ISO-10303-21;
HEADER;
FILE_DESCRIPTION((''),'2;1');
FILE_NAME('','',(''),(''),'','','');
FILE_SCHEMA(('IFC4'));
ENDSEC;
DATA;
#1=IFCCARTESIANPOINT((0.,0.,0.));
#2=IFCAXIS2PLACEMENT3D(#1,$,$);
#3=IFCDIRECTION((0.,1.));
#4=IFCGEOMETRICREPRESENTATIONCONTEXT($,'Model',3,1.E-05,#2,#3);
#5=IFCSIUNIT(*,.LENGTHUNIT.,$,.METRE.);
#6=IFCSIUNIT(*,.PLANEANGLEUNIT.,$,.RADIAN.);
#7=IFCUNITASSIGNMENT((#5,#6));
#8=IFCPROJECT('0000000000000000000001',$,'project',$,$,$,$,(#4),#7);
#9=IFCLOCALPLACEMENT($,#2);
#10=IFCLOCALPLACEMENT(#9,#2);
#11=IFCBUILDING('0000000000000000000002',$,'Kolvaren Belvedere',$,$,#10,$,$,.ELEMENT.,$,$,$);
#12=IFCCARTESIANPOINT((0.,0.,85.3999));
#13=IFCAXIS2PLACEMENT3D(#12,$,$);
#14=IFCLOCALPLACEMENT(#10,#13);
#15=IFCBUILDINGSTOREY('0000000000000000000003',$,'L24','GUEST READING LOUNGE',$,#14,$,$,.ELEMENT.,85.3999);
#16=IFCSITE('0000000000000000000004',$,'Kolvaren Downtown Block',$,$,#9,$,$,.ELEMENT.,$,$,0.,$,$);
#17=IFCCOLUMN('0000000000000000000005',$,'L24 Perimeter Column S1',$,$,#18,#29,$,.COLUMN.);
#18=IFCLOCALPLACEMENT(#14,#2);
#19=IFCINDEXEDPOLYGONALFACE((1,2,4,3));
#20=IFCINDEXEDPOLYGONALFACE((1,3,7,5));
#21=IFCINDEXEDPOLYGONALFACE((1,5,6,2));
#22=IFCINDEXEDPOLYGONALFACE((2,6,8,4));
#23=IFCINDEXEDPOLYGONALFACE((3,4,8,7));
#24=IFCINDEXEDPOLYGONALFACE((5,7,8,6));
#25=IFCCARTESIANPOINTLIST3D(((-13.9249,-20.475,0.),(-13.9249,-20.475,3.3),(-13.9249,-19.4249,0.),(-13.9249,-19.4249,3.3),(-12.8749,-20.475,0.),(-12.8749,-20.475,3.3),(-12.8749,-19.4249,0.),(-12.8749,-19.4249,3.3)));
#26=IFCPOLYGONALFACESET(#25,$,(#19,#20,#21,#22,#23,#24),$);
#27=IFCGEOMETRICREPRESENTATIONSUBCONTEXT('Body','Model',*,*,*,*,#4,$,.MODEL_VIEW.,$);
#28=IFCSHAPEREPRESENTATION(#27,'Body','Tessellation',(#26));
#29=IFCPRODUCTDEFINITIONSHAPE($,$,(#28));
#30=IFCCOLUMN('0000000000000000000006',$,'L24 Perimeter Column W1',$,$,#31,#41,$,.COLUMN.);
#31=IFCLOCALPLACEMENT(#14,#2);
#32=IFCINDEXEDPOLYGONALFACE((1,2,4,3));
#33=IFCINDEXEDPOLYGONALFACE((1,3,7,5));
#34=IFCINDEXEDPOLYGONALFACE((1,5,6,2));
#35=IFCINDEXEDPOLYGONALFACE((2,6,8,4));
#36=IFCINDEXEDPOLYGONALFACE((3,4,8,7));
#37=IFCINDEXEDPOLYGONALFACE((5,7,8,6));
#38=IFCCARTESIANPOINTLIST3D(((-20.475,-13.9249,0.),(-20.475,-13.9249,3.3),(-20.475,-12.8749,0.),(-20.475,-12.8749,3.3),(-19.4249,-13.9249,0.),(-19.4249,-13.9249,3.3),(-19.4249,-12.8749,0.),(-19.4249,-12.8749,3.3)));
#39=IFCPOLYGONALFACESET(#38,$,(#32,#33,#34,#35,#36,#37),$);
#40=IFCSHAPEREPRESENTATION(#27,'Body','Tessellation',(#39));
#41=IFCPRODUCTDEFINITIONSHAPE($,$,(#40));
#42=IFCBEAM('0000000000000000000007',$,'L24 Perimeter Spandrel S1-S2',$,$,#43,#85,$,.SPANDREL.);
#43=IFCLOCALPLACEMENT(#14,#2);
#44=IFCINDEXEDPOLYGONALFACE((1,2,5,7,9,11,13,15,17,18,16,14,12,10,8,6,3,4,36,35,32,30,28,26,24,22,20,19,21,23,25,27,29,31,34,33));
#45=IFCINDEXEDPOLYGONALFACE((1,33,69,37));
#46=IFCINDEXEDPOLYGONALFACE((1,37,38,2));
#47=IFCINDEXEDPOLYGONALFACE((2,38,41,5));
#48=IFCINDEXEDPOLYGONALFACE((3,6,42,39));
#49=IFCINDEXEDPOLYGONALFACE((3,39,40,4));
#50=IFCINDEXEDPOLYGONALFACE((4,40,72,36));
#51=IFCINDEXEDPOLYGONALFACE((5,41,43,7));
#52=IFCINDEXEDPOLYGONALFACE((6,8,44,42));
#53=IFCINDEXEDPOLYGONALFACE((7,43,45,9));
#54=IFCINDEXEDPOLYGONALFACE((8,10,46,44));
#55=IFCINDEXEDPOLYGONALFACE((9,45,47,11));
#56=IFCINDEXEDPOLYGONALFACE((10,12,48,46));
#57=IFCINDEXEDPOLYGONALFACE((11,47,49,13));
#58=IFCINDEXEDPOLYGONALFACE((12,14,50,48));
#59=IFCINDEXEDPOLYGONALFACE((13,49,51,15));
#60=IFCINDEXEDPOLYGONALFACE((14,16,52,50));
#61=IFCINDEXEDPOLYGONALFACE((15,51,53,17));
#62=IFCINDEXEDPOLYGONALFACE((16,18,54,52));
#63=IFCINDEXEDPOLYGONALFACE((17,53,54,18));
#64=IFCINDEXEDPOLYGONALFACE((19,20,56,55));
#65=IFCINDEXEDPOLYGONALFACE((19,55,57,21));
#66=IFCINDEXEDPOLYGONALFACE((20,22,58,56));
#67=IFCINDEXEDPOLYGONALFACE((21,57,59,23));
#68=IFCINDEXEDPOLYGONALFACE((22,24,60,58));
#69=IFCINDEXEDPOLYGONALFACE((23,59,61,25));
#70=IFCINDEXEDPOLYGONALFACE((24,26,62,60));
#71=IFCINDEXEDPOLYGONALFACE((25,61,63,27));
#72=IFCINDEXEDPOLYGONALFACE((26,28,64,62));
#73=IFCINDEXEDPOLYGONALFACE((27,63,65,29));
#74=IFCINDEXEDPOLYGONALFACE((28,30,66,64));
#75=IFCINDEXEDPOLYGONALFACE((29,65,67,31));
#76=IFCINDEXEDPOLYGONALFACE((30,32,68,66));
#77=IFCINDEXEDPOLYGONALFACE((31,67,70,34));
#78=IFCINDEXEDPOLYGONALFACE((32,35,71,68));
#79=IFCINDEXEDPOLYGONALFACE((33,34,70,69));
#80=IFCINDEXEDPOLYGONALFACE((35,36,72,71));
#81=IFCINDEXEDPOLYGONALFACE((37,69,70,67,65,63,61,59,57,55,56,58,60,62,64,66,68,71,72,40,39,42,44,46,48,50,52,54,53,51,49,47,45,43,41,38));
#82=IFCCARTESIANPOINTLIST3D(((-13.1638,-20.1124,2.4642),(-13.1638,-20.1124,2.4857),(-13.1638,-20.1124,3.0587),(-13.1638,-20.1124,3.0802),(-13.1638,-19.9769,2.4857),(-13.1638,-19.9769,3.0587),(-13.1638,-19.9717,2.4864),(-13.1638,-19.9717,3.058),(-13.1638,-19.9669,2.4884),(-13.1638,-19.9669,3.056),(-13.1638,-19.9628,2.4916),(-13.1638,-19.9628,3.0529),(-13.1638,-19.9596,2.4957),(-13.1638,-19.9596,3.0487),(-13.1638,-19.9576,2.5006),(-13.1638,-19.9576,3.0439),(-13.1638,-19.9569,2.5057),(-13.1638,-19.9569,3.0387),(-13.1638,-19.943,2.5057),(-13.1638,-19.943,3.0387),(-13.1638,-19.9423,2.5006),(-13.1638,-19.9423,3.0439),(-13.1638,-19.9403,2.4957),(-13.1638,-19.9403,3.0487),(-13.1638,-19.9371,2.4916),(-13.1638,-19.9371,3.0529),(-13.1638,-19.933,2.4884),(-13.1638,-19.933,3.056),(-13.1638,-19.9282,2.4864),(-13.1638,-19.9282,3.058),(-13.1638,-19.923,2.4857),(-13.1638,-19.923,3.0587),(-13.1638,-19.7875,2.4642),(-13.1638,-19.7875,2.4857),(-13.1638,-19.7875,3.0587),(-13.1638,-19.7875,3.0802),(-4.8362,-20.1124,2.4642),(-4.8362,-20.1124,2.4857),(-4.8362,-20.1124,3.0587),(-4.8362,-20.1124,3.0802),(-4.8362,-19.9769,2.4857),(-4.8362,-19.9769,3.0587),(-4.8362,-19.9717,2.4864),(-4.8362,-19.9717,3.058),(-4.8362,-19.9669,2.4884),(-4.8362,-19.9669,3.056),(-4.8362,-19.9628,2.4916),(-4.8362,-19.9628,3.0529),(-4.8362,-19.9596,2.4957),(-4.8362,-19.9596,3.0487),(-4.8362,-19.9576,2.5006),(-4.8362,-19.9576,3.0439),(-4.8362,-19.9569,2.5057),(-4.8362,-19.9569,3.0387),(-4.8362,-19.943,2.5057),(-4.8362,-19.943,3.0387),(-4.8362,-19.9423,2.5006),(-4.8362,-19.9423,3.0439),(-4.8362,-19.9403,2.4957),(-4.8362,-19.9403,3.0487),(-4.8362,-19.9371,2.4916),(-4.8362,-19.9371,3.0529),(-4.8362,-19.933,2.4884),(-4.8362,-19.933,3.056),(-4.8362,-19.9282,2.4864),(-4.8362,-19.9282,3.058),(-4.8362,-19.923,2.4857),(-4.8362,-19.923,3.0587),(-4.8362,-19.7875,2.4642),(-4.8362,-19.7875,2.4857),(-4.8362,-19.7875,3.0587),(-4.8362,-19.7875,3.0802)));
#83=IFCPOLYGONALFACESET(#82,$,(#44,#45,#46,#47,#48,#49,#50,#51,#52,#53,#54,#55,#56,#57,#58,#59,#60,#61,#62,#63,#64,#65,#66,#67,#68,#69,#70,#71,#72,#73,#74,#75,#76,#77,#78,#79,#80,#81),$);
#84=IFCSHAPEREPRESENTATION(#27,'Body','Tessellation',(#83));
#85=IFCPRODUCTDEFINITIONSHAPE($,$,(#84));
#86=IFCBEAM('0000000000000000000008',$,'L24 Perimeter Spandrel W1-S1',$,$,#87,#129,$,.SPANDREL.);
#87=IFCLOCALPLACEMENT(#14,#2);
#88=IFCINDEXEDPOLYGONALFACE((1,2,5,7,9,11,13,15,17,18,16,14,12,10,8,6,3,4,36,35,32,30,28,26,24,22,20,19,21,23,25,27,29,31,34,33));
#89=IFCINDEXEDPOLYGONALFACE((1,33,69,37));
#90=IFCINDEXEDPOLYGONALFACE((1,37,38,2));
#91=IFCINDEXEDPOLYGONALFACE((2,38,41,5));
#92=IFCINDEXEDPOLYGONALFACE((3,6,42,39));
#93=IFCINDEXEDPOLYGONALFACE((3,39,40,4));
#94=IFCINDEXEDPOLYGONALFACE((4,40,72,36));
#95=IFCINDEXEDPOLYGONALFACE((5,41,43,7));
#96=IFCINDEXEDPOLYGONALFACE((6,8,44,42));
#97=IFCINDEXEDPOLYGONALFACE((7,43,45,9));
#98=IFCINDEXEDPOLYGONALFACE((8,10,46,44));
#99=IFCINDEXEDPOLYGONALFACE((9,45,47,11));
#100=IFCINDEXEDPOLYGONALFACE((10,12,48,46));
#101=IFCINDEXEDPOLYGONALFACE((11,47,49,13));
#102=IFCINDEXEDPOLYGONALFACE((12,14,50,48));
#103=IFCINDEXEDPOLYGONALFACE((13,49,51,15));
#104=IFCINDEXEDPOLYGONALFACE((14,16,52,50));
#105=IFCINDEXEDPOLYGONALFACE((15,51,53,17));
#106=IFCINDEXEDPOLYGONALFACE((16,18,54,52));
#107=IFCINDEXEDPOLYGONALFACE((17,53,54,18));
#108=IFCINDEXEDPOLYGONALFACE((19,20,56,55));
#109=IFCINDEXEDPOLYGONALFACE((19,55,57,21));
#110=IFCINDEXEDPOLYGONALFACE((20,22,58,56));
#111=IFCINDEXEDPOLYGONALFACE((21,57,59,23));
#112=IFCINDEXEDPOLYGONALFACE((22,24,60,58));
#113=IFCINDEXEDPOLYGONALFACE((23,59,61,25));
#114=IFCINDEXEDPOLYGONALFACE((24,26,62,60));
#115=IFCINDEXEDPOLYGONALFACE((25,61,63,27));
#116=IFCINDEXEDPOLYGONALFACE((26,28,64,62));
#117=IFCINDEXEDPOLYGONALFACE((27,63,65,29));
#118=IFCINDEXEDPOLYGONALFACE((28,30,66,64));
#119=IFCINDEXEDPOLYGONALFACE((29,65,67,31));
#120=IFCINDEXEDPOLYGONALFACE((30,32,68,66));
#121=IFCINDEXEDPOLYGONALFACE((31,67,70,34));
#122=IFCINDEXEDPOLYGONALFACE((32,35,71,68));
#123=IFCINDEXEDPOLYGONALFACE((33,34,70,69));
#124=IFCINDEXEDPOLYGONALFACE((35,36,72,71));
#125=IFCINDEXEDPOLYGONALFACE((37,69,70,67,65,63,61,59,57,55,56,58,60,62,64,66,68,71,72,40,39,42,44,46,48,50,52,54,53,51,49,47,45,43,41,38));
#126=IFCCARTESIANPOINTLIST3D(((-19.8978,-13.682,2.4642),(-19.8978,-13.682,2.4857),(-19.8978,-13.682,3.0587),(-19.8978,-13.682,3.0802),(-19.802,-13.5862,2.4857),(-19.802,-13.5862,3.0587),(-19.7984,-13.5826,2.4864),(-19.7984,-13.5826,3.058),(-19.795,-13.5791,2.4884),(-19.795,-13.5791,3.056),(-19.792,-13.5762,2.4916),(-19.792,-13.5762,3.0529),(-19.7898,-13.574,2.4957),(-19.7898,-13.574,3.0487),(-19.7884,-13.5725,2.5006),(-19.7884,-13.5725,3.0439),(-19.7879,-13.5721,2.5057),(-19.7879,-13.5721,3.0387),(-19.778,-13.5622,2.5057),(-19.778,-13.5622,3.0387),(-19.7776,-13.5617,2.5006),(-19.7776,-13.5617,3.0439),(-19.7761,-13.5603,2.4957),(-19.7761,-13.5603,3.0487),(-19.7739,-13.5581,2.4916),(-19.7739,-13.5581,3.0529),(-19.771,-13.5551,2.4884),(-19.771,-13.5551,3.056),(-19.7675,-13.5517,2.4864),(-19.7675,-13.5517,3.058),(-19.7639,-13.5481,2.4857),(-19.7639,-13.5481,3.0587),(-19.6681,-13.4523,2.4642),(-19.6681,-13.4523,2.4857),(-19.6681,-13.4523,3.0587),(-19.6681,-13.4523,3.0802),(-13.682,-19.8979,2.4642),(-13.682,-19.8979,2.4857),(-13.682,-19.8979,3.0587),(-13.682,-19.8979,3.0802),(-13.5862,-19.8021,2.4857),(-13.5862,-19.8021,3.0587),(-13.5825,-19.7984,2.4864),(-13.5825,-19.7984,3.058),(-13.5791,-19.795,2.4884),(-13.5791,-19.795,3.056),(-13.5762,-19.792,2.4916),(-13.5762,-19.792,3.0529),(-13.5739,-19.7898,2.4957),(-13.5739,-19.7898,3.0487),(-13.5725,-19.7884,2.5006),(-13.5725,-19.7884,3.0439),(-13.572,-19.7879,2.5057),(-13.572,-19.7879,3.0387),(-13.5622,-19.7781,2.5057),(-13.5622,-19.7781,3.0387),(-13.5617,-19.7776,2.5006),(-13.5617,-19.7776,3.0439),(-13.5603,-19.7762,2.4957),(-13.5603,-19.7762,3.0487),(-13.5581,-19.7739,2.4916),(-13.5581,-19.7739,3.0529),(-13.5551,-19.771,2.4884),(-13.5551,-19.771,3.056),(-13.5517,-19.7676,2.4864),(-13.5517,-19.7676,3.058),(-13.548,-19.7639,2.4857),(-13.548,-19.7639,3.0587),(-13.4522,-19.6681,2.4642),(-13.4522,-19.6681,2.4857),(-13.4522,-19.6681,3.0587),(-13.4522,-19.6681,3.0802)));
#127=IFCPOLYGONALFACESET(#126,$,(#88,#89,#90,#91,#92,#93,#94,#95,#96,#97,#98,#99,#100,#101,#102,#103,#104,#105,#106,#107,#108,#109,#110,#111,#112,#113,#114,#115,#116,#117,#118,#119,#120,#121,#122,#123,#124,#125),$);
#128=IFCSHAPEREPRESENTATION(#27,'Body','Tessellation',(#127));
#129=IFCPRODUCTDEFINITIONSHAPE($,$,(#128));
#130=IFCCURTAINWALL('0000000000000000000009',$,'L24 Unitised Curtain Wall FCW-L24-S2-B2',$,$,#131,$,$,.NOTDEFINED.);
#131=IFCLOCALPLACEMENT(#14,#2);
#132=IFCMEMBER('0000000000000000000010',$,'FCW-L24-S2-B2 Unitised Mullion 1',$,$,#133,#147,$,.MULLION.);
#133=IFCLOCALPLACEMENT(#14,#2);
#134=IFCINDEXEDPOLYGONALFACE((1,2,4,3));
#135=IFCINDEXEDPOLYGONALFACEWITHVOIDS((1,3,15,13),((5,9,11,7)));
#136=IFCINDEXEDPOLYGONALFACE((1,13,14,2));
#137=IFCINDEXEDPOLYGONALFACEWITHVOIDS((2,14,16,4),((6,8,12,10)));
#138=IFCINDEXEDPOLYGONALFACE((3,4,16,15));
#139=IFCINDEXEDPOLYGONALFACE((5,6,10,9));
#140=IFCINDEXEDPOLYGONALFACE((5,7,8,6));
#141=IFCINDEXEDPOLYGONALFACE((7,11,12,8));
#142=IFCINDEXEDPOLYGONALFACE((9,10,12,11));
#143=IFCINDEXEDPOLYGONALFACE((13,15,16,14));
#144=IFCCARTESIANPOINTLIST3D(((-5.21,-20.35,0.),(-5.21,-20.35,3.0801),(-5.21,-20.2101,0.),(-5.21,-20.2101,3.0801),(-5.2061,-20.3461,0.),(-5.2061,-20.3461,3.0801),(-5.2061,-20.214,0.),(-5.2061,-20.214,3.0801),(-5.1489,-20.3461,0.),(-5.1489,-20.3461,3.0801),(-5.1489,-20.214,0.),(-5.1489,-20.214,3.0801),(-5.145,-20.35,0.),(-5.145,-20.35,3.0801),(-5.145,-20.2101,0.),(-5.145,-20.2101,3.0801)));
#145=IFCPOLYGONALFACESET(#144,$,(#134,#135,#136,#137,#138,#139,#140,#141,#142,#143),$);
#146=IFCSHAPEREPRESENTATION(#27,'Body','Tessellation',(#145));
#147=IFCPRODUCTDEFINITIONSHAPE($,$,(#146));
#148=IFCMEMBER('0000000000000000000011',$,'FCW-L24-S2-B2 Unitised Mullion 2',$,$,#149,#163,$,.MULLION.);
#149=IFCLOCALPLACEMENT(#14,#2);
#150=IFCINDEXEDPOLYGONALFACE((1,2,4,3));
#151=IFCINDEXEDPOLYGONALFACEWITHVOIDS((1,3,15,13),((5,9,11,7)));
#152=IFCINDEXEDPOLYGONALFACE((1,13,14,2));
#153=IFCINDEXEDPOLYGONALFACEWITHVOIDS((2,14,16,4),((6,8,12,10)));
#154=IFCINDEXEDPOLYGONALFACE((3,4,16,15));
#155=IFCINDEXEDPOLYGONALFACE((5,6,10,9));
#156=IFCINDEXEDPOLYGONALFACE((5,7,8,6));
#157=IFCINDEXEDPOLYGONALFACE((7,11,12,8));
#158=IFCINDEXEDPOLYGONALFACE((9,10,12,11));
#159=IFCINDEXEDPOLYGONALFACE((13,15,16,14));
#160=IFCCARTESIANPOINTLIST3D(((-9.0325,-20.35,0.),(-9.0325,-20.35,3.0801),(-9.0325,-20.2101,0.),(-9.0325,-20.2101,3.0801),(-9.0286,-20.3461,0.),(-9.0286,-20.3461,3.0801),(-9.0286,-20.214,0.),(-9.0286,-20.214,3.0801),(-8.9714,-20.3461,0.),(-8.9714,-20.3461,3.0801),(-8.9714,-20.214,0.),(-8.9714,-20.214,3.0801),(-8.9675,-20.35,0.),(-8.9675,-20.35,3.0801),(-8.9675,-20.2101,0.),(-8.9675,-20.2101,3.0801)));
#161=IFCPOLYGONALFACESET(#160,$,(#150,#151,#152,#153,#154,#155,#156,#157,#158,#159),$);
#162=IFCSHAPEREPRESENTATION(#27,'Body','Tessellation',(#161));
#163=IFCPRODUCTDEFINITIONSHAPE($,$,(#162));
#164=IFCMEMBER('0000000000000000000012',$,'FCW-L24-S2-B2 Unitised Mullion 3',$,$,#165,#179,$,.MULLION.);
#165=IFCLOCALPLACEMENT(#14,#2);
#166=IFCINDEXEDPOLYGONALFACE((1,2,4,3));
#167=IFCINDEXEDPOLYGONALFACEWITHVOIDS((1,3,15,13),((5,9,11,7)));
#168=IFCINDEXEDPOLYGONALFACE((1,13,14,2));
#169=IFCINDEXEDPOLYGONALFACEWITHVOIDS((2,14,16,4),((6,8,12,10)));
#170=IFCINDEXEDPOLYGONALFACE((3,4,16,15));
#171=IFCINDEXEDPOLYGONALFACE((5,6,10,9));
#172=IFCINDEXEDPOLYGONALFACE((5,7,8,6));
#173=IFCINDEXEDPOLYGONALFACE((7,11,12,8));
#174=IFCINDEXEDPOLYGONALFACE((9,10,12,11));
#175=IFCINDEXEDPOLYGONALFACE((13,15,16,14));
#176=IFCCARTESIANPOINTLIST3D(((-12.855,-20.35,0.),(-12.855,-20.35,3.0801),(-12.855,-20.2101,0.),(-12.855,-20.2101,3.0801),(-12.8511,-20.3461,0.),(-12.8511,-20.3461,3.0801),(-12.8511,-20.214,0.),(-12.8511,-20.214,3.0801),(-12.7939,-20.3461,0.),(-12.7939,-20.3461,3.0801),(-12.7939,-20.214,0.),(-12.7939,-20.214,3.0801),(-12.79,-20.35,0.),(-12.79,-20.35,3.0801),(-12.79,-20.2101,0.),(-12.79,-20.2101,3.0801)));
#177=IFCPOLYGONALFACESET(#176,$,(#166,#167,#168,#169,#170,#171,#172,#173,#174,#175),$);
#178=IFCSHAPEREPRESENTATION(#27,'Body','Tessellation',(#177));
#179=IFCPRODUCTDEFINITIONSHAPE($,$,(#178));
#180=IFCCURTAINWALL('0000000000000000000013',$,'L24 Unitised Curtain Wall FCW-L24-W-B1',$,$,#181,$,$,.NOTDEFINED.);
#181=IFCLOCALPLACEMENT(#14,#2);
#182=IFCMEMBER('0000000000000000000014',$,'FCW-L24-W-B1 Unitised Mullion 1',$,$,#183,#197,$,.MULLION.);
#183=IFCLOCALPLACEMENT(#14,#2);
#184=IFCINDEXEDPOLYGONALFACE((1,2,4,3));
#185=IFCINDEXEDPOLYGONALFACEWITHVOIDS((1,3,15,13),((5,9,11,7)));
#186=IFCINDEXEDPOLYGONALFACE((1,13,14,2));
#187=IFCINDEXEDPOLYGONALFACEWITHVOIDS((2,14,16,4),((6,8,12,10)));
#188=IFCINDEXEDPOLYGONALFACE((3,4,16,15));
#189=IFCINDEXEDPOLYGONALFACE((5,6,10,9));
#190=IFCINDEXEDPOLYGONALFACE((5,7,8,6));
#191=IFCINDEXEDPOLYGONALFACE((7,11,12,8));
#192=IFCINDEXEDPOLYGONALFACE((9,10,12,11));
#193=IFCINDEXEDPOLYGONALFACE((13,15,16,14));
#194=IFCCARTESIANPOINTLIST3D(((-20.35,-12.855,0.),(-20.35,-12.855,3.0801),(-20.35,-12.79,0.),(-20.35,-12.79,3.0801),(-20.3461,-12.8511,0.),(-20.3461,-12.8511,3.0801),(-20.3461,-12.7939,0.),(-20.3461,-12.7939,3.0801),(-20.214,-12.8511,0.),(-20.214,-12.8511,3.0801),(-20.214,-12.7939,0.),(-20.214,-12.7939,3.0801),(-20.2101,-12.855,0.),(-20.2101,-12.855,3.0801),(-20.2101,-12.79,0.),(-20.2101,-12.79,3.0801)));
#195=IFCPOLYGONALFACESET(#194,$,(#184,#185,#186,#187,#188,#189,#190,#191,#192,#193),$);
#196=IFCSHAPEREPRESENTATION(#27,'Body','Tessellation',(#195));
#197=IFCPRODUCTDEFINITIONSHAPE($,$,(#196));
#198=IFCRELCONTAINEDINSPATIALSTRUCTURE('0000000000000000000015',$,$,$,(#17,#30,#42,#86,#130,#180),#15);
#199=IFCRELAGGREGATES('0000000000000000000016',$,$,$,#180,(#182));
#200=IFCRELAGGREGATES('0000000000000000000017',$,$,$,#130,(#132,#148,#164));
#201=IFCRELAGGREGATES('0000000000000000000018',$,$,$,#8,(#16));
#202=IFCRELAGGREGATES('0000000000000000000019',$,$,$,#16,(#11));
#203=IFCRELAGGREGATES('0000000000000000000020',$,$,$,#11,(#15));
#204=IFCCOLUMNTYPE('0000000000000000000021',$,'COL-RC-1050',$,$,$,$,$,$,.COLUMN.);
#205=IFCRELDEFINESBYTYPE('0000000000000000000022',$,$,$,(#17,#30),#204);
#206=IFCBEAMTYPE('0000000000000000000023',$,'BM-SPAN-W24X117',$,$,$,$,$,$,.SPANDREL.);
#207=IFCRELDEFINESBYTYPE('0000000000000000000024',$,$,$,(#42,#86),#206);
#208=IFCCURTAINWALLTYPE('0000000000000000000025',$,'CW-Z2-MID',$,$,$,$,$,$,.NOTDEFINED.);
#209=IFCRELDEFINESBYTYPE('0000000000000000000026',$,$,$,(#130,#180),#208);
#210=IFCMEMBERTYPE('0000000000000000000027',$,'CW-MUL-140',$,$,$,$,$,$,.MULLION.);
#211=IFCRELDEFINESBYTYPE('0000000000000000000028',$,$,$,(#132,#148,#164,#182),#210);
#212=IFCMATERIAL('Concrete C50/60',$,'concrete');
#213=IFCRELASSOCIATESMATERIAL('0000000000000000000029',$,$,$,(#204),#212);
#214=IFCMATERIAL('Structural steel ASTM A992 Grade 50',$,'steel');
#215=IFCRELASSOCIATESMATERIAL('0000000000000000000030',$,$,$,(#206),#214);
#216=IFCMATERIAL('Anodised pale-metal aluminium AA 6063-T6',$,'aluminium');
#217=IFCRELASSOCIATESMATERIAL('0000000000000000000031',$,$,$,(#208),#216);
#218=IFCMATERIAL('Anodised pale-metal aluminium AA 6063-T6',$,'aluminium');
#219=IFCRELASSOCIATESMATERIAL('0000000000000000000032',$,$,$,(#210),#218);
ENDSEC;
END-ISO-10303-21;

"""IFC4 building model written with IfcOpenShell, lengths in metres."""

from ifc_helpers import new_model, si_unit, direction, frame, origin, origin_2d, place, context, subcontext, project, spatial, rectangle, hollow_rectangle, i_section, extrude, material, material_profile, profile_set, type_object, element, aggregate, save


model = new_model("IFC4")

# Units and contexts
model_context = context("Model", 3, precision=1e-05, world=origin(), true_north=direction((0.0, 1.0)))
body_context = subcontext(model_context, "Body", "Model", "MODEL_VIEW")
ifc_project = project(units=[si_unit("LENGTHUNIT", "METRE"), si_unit("PLANEANGLEUNIT", "RADIAN")], contexts=[model_context])

# Site, building, storey
site_placement = place(None, origin())
site = spatial("IfcSite", under=ifc_project, at=site_placement, Name="Kolvaren Downtown Block", CompositionType="ELEMENT", RefElevation=0.0)
building_placement = place(site_placement, origin())
building = spatial("IfcBuilding", under=site, at=building_placement, Name="Kolvaren Belvedere", CompositionType="ELEMENT")
storey_placement = place(building_placement, frame((0.0, 0.0, 85.3999)))
storey = spatial("IfcBuildingStorey", under=building, at=storey_placement, Name="L24", Description="GUEST READING LOUNGE", CompositionType="ELEMENT", Elevation=85.3999)

# Columns
ifc_material_1 = material(Name="Concrete C50/60", Category="concrete")
ifc_material_profile_1 = material_profile(ifc_material_1, rectangle(XDim=1.05, YDim=1.05, at=origin_2d()), Name="RC 1050X1050")
ifc_profile_set_1 = profile_set([ifc_material_profile_1], Name="Concrete C50/60")
column_type = type_object("IfcColumnType", Name="COL-RC-1050", PredefinedType="COLUMN", material=ifc_profile_set_1)
for number, where, z_axis, x_axis, name in (
    (1, (-13.3999, -19.95, 0.0), (0.0, 0.0, 1.0), (1.0, 0.0, 0.0), "L24 Perimeter Column S1"),
    (2, (-19.95, -13.3999, 0.0), (0.0, 0.0, 1.0), (1.0, 0.0, 0.0), "L24 Perimeter Column W1"),
):
    element("IfcColumn", number, at=place(storey_placement, frame(where, z_axis=z_axis, x_axis=x_axis)), inside=storey, type_object=column_type, Name=name, PredefinedType="COLUMN", context=body_context, shape_type="SweptSolid", body=[
        extrude(rectangle(XDim=1.05, YDim=1.05, at=origin_2d()), origin(), (0.0, 0.0, 1.0), 3.3),
    ])

# Beams
ifc_material_2 = material(Name="Structural steel ASTM A992 Grade 50", Category="steel")
ifc_material_profile_2 = material_profile(ifc_material_2, i_section(OverallWidth=0.325, OverallDepth=0.616, WebThickness=0.0139, FlangeThickness=0.0215, FilletRadius=0.02, at=origin_2d()), Name="W24X117")
ifc_profile_set_2 = profile_set([ifc_material_profile_2], Name="Structural steel ASTM A992 Grade 50")
beam_type = type_object("IfcBeamType", Name="BM-SPAN-W24X117", PredefinedType="SPANDREL", material=ifc_profile_set_2)
beam_1_placement = place(storey_placement, frame((-13.1638, -19.95, 2.7722), z_axis=(1.0, 0.0, 0.0), x_axis=(0.0, 1.0, 0.0)))
element("IfcBeam", 3, at=beam_1_placement, inside=storey, type_object=beam_type, Name="L24 Perimeter Spandrel S1-S2", PredefinedType="SPANDREL", context=body_context, shape_type="SweptSolid", body=[
    extrude(i_section(OverallWidth=0.325, OverallDepth=0.616, WebThickness=0.0139, FlangeThickness=0.0215, FilletRadius=0.02, at=origin_2d()), origin(), (0.0, 0.0, 1.0), 8.3276),
])
beam_2_placement = place(storey_placement, frame((-19.783, -13.5671, 2.7722), z_axis=(0.707107, -0.707107, 0.0), x_axis=(0.707107, 0.707107, 0.0)))
element("IfcBeam", 4, at=beam_2_placement, inside=storey, type_object=beam_type, Name="L24 Perimeter Spandrel W1-S1", PredefinedType="SPANDREL", context=body_context, shape_type="SweptSolid", body=[
    extrude(i_section(OverallWidth=0.325, OverallDepth=0.616, WebThickness=0.0139, FlangeThickness=0.0215, FilletRadius=0.02, at=origin_2d()), origin(), (0.0, 0.0, 1.0), 8.7905),
])

# Curtain wall, members
ifc_material_3 = material(Name="Anodised pale-metal aluminium AA 6063-T6", Category="aluminium")
curtain_wall_type = type_object("IfcCurtainWallType", Name="CW-Z2-MID", PredefinedType="NOTDEFINED", material=ifc_material_3)
curtain_wall_1_placement = place(storey_placement, origin())
curtain_wall_1 = element("IfcCurtainWall", 5, at=curtain_wall_1_placement, inside=storey, type_object=curtain_wall_type, Name="L24 Unitised Curtain Wall FCW-L24-S2-B2", PredefinedType="NOTDEFINED")
ifc_material_4 = material(Name="Anodised pale-metal aluminium AA 6063-T6", Category="aluminium")
ifc_material_profile_3 = material_profile(ifc_material_4, hollow_rectangle(XDim=0.0649, YDim=0.1399, WallThickness=0.0039, at=origin_2d()), Name="ALU-MUL-140X65")
ifc_profile_set_3 = profile_set([ifc_material_profile_3], Name="Anodised pale-metal aluminium AA 6063-T6")
member_type_1 = type_object("IfcMemberType", Name="CW-MUL-140", PredefinedType="MULLION", material=ifc_profile_set_3)
member_1_placement = place(storey_placement, frame((-5.1775, -20.28, 0.0), z_axis=(0.0, 0.0, 1.0), x_axis=(1.0, 0.0, 0.0)))
member_1 = element("IfcMember", 6, at=member_1_placement, type_object=member_type_1, Name="FCW-L24-S2-B2 Unitised Mullion 1", PredefinedType="MULLION", context=body_context, shape_type="SweptSolid", body=[
    extrude(hollow_rectangle(XDim=0.0649, YDim=0.1399, WallThickness=0.0039, at=origin_2d()), origin(), (0.0, 0.0, 1.0), 3.0801),
])
member_2_placement = place(storey_placement, frame((-9.0, -20.28, 0.0), z_axis=(0.0, 0.0, 1.0), x_axis=(1.0, 0.0, 0.0)))
member_2 = element("IfcMember", 7, at=member_2_placement, type_object=member_type_1, Name="FCW-L24-S2-B2 Unitised Mullion 2", PredefinedType="MULLION", context=body_context, shape_type="SweptSolid", body=[
    extrude(hollow_rectangle(XDim=0.0649, YDim=0.1399, WallThickness=0.0039, at=origin_2d()), origin(), (0.0, 0.0, 1.0), 3.0801),
])
member_3_placement = place(storey_placement, frame((-12.8225, -20.28, 0.0), z_axis=(0.0, 0.0, 1.0), x_axis=(1.0, 0.0, 0.0)))
member_3 = element("IfcMember", 8, at=member_3_placement, type_object=member_type_1, Name="FCW-L24-S2-B2 Unitised Mullion 3", PredefinedType="MULLION", context=body_context, shape_type="SweptSolid", body=[
    extrude(hollow_rectangle(XDim=0.0649, YDim=0.1399, WallThickness=0.0039, at=origin_2d()), origin(), (0.0, 0.0, 1.0), 3.0801),
])

# Curtain wall, member
curtain_wall_2_placement = place(storey_placement, origin())
curtain_wall_2 = element("IfcCurtainWall", 9, at=curtain_wall_2_placement, inside=storey, type_object=curtain_wall_type, Name="L24 Unitised Curtain Wall FCW-L24-W-B1", PredefinedType="NOTDEFINED")
member_4_placement = place(storey_placement, frame((-20.28, -12.8225, 0.0), z_axis=(0.0, 0.0, 1.0), x_axis=(0.0, 1.0, 0.0)))
member_4 = element("IfcMember", 10, at=member_4_placement, type_object=member_type_1, Name="FCW-L24-W-B1 Unitised Mullion 1", PredefinedType="MULLION", context=body_context, shape_type="SweptSolid", body=[
    extrude(hollow_rectangle(XDim=0.0649, YDim=0.1399, WallThickness=0.0039, at=origin_2d()), origin(), (0.0, 0.0, 1.0), 3.0801),
])

aggregate(curtain_wall_2, [member_4])

aggregate(curtain_wall_1, [member_1, member_2, member_3])

save(model, "model.ifc")
